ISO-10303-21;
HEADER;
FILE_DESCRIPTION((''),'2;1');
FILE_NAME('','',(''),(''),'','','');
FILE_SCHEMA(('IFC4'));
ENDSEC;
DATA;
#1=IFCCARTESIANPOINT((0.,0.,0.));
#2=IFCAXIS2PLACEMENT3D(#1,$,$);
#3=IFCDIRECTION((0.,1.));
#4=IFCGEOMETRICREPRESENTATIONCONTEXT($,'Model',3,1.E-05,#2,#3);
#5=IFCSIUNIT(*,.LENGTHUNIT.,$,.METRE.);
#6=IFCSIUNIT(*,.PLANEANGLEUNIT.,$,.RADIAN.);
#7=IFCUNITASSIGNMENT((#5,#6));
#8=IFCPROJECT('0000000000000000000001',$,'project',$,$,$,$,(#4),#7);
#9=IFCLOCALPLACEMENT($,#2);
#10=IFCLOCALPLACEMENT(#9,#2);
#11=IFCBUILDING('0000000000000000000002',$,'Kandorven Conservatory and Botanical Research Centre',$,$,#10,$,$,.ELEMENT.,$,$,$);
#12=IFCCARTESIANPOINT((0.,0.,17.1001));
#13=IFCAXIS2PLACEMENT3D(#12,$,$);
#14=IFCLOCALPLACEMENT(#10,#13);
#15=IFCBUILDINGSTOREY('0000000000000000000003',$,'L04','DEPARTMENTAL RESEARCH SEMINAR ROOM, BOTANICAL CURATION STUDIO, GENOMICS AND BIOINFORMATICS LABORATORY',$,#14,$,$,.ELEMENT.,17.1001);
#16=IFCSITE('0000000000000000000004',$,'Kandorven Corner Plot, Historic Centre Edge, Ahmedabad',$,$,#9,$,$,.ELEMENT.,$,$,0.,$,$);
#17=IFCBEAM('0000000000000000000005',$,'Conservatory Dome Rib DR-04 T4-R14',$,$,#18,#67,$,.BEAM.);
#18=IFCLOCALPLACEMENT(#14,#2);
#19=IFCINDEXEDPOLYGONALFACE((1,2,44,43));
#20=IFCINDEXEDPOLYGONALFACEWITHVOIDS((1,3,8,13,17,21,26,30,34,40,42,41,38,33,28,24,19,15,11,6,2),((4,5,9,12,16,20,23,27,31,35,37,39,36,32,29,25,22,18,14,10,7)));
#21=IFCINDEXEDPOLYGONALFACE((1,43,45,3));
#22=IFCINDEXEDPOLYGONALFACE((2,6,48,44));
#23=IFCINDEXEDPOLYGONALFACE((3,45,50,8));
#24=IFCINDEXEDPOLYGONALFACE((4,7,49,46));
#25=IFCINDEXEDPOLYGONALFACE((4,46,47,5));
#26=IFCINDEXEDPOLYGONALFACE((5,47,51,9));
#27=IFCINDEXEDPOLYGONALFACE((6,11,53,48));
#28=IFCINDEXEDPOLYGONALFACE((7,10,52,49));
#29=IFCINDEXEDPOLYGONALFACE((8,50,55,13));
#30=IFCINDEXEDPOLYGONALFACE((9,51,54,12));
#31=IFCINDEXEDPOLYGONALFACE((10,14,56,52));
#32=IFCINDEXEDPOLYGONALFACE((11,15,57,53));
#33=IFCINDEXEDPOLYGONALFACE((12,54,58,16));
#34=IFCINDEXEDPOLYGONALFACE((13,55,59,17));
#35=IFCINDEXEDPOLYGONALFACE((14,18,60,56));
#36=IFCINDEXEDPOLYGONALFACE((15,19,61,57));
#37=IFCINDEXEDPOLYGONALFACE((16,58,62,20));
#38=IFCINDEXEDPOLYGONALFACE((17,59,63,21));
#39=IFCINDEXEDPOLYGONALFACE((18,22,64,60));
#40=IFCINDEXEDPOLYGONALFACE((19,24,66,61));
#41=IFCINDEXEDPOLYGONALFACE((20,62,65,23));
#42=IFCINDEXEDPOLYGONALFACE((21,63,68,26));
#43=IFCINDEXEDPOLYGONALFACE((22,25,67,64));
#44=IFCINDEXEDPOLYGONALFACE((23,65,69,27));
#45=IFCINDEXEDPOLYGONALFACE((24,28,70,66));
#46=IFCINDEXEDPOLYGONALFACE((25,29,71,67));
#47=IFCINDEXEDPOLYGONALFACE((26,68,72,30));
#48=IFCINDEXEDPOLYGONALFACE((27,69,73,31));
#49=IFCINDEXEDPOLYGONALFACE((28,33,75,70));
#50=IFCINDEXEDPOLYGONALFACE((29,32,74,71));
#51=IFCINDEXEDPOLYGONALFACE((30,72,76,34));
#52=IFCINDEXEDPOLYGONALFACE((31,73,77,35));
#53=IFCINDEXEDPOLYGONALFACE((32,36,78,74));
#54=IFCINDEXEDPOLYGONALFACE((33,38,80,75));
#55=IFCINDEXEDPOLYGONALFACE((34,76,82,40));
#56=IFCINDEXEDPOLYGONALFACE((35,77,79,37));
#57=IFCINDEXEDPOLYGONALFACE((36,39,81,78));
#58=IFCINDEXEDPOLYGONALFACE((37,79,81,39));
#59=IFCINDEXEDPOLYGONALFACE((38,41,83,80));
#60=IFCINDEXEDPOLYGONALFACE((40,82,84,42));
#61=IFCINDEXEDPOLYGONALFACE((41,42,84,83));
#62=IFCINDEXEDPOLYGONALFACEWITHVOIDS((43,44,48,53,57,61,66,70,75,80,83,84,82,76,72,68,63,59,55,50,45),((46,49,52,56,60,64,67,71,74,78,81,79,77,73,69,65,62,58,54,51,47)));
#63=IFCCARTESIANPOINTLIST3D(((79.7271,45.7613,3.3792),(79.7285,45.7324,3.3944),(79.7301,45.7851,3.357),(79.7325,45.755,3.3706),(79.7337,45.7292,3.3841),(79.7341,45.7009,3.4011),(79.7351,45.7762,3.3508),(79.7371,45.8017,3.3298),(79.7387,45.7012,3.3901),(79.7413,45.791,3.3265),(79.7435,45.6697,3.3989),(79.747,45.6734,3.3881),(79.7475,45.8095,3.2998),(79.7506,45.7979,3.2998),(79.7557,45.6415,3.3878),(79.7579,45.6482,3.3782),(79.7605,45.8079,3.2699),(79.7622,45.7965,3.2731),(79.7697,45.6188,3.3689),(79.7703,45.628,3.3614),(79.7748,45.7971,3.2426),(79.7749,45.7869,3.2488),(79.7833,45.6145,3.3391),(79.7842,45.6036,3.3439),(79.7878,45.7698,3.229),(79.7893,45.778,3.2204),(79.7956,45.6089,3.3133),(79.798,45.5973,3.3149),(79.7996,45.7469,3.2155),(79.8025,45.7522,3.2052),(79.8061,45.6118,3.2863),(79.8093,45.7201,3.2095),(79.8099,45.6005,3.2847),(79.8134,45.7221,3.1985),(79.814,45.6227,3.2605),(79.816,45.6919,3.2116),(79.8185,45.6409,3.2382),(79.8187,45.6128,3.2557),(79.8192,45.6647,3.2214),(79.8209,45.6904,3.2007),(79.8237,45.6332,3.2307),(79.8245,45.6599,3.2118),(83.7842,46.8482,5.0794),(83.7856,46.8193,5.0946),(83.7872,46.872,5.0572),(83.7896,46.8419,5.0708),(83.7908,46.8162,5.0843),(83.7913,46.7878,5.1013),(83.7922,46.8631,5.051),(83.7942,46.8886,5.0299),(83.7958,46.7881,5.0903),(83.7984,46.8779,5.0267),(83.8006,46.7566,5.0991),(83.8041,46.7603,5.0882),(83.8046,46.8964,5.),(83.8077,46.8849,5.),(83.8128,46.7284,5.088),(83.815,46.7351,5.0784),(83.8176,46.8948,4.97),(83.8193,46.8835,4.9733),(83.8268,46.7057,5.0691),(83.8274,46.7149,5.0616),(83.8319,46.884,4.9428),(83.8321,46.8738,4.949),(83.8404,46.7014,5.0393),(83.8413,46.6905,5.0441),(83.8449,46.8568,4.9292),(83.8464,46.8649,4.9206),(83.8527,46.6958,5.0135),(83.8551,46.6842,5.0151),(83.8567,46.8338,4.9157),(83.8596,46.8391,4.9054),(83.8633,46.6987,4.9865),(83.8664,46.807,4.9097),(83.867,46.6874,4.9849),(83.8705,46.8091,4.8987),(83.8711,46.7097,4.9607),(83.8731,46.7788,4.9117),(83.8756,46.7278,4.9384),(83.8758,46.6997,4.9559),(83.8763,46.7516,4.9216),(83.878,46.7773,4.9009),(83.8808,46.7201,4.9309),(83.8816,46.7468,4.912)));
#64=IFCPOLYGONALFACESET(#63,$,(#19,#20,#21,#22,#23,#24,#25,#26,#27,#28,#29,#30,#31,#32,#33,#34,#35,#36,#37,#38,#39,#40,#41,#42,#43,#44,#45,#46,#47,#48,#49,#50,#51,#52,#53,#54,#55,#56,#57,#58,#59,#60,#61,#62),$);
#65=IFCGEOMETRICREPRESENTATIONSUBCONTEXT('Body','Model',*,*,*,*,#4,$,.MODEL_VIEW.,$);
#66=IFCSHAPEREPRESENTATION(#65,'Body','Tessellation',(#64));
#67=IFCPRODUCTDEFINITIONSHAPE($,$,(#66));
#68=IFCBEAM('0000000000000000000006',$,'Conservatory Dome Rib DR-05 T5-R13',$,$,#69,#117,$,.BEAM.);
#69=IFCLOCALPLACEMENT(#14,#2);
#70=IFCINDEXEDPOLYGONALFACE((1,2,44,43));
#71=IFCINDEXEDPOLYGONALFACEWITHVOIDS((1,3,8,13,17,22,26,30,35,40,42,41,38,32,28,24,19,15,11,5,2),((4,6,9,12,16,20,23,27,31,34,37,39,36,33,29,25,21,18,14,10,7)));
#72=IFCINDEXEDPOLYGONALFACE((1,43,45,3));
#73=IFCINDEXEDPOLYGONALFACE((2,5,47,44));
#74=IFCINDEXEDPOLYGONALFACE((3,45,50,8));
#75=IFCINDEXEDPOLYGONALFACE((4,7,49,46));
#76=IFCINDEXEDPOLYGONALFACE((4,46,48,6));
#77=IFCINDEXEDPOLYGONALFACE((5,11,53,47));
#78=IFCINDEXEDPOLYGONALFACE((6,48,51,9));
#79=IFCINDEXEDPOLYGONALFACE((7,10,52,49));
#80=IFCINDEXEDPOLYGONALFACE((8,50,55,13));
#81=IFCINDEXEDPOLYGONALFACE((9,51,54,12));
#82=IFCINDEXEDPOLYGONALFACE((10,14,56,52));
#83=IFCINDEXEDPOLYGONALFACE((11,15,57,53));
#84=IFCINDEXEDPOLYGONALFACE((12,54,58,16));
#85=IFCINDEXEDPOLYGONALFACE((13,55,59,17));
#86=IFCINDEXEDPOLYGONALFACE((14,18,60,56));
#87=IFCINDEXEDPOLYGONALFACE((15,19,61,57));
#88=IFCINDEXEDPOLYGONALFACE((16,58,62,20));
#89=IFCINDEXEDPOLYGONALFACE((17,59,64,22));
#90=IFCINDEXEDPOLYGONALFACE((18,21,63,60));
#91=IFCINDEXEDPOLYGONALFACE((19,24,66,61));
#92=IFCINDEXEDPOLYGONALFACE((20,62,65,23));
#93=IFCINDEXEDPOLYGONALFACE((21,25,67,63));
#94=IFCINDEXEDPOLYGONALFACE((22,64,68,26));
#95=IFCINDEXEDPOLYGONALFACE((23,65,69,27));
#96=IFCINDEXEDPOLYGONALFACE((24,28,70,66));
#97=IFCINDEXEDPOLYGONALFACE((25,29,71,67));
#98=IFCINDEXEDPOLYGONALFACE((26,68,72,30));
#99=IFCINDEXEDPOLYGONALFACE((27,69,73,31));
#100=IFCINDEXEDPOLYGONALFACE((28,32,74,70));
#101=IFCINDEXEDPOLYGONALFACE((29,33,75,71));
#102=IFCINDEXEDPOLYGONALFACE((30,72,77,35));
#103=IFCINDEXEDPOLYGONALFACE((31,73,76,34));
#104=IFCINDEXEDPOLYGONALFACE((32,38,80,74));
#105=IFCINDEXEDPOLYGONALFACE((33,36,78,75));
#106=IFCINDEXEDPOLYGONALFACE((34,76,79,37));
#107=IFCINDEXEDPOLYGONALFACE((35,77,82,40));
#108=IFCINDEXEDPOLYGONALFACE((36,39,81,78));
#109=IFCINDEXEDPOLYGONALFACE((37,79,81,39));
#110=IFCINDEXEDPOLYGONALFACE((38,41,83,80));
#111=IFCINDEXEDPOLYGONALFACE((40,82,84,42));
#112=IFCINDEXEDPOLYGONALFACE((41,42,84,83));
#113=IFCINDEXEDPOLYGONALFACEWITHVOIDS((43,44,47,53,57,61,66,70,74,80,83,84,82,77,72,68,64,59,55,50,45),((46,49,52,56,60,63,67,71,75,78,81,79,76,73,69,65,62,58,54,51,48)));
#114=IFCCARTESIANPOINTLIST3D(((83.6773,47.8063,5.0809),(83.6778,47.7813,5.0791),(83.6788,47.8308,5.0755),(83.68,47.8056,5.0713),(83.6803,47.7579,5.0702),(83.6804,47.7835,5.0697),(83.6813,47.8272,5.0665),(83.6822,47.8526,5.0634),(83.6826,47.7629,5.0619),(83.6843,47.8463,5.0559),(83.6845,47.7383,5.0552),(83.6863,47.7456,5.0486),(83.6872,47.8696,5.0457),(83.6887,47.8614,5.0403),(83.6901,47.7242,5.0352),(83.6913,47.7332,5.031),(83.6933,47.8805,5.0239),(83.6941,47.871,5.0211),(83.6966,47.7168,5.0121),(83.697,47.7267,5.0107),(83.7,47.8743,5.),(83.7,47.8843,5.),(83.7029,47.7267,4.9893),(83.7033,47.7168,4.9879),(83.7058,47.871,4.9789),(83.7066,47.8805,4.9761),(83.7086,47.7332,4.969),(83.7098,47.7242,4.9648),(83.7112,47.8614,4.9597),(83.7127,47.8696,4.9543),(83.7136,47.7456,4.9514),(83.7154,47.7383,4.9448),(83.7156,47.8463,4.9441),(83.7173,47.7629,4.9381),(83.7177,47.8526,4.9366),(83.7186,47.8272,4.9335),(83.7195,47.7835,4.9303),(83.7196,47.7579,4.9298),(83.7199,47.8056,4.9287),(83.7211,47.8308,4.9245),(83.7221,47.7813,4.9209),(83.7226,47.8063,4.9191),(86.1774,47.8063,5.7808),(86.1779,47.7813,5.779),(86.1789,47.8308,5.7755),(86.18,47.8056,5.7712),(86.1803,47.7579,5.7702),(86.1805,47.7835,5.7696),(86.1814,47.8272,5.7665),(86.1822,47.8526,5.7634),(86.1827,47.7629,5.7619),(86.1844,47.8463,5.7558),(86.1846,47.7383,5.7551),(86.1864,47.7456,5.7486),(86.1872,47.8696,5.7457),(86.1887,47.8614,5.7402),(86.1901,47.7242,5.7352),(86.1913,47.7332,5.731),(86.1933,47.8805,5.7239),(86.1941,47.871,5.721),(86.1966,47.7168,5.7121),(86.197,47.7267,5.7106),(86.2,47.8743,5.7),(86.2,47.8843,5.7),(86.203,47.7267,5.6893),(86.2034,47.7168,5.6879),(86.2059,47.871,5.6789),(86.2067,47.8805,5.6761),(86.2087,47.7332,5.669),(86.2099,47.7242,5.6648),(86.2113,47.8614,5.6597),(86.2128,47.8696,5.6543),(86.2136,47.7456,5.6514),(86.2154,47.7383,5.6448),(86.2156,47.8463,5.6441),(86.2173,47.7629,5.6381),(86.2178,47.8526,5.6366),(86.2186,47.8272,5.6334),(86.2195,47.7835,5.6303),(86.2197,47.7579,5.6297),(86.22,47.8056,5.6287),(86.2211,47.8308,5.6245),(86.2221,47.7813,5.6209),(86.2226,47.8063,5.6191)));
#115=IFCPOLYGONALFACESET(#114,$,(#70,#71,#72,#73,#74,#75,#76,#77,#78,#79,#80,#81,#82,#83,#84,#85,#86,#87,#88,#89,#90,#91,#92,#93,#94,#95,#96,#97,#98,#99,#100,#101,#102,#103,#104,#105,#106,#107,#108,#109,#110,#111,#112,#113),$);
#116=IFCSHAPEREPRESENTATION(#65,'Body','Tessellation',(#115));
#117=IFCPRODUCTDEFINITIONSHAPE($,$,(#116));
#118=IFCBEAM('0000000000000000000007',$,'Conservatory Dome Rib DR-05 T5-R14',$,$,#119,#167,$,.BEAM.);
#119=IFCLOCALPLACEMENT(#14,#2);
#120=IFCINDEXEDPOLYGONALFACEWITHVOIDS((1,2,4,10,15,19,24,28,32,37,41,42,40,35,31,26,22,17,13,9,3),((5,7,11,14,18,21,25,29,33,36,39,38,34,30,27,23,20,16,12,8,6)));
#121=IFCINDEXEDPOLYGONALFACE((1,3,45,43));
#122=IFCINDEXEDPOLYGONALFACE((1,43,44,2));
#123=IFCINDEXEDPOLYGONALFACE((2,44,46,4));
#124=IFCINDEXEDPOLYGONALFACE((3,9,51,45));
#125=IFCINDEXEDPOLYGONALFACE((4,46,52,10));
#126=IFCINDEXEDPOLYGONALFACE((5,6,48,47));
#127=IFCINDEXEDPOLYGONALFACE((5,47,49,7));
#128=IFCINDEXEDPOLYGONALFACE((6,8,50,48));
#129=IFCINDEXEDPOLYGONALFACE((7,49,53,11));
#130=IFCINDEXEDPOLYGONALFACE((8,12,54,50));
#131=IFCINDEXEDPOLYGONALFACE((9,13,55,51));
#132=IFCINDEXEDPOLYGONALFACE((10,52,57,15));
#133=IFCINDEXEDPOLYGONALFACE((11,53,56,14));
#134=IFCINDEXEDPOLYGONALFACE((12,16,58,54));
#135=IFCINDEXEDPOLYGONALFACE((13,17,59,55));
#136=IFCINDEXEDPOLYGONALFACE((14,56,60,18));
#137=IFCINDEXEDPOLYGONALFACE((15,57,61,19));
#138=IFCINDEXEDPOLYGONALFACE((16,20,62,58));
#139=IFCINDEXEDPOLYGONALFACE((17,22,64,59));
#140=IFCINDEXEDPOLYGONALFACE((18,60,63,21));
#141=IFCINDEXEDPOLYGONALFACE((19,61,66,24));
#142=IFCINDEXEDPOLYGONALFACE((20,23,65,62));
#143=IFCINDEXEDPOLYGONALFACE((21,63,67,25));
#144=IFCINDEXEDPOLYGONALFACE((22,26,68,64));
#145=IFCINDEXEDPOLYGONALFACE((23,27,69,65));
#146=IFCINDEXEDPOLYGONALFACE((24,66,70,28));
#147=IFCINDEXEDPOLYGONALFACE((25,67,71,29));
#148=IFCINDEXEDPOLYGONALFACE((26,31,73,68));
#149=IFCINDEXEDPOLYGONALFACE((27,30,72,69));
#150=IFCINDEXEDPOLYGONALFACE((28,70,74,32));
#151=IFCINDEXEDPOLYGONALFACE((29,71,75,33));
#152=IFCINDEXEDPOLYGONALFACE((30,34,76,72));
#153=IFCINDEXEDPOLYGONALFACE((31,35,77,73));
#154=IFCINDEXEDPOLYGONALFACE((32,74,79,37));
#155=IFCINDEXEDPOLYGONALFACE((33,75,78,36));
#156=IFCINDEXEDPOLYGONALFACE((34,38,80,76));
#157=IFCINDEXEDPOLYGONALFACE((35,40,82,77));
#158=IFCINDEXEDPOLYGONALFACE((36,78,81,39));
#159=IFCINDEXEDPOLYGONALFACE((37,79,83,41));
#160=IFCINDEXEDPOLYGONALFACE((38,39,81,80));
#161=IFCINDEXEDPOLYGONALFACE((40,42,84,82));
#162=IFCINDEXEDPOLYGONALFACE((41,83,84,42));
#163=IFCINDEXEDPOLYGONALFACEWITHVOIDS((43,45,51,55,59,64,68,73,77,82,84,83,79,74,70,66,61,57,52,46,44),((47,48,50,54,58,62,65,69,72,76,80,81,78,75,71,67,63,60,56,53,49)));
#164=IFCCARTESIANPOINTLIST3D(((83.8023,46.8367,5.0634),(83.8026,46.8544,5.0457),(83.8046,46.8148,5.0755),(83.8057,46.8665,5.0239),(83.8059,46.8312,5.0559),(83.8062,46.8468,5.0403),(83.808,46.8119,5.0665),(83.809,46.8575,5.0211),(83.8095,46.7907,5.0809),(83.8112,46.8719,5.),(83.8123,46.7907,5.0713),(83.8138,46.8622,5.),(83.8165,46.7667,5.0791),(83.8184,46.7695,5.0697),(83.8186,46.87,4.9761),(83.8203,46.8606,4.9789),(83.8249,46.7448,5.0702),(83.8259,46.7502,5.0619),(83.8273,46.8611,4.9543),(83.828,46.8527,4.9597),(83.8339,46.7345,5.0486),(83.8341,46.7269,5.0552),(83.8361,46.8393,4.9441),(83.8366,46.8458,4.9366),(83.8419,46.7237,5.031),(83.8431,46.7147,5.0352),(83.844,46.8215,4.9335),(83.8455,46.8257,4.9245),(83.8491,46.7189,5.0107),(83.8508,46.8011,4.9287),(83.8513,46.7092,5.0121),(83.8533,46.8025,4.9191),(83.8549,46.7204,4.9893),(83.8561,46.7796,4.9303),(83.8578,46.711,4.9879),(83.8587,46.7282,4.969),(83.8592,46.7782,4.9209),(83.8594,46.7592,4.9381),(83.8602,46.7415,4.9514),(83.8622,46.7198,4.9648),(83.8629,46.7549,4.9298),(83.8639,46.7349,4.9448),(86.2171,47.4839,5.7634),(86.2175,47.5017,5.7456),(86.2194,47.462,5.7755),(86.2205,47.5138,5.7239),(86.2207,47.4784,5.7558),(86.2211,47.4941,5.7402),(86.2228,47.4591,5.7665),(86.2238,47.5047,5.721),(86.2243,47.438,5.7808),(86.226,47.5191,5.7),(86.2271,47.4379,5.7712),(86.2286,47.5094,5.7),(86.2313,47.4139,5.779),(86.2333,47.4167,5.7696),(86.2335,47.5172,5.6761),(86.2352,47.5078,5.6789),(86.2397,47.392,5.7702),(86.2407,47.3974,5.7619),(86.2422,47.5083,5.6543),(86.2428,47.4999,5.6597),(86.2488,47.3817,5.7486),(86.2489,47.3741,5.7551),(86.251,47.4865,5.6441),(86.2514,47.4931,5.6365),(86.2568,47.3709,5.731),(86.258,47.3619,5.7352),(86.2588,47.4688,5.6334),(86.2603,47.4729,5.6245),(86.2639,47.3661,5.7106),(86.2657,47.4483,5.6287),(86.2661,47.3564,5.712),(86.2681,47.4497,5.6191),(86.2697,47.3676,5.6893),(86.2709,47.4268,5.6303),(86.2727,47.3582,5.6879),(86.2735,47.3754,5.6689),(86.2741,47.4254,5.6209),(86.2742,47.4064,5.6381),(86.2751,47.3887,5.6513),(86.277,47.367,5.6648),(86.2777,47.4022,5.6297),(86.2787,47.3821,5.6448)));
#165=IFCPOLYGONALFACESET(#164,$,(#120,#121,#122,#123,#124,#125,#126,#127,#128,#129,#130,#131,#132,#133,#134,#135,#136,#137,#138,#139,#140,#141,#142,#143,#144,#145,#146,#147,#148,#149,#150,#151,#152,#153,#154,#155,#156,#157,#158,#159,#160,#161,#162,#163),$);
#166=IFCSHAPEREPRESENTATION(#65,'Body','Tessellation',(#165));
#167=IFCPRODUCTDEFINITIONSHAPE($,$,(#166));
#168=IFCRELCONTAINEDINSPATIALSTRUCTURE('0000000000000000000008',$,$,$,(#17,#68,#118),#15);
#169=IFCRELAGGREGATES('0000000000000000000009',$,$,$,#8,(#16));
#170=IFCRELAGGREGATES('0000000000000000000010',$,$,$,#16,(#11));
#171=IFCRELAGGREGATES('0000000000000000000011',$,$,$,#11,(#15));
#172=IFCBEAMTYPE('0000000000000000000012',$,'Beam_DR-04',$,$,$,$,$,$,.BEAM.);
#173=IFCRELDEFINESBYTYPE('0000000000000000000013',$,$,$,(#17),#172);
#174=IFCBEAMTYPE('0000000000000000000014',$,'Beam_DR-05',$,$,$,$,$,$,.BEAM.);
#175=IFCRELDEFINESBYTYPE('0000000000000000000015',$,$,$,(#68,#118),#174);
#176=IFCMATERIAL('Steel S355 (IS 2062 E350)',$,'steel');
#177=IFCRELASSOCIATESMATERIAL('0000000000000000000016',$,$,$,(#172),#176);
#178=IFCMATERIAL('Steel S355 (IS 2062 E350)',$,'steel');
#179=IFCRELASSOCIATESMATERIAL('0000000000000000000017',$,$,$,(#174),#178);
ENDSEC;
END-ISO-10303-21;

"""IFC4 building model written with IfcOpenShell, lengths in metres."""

from ifc_helpers import new_model, si_unit, direction, frame, origin, origin_2d, place, context, subcontext, project, spatial, hollow_circle, extrude, material, material_profile, profile_set, type_object, element, save


model = new_model("IFC4")

# Units and contexts
model_context = context("Model", 3, precision=1e-05, world=origin(), true_north=direction((0.0, 1.0)))
body_context = subcontext(model_context, "Body", "Model", "MODEL_VIEW")
ifc_project = project(units=[si_unit("LENGTHUNIT", "METRE"), si_unit("PLANEANGLEUNIT", "RADIAN")], contexts=[model_context])

# Site, building, storey
site_placement = place(None, origin())
site = spatial("IfcSite", under=ifc_project, at=site_placement, Name="Kandorven Corner Plot, Historic Centre Edge, Ahmedabad", CompositionType="ELEMENT", RefElevation=0.0)
building_placement = place(site_placement, origin())
building = spatial("IfcBuilding", under=site, at=building_placement, Name="Kandorven Conservatory and Botanical Research Centre", CompositionType="ELEMENT")
storey_placement = place(building_placement, frame((0.0, 0.0, 17.1001)))
storey = spatial("IfcBuildingStorey", under=building, at=storey_placement, Name="L04", Description="DEPARTMENTAL RESEARCH SEMINAR ROOM, BOTANICAL CURATION STUDIO, GENOMICS AND BIOINFORMATICS LABORATORY", CompositionType="ELEMENT", Elevation=17.1001)

# Beams
ifc_material_1 = material(Name="Steel S355 (IS 2062 E350)", Category="steel")
ifc_material_profile_1 = material_profile(ifc_material_1, hollow_circle(Radius=0.1096, WallThickness=0.012, at=origin_2d()))
ifc_profile_set_1 = profile_set([ifc_material_profile_1], Name="Steel S355 (IS 2062 E350)")
beam_type_1 = type_object("IfcBeamType", Name="Beam_DR-04", PredefinedType="BEAM", material=ifc_profile_set_1)
beam_1_placement = place(storey_placement, frame((79.7759, 45.7036, 3.2998), z_axis=(0.895364, 0.23987, 0.375214), x_axis=(-0.258777, 0.965937, 0.0)))
element("IfcBeam", 1, at=beam_1_placement, inside=storey, type_object=beam_type_1, Name="Conservatory Dome Rib DR-04 T4-R14", PredefinedType="BEAM", context=body_context, shape_type="SweptSolid", body=[
    extrude(hollow_circle(Radius=0.1096, WallThickness=0.012, at=origin_2d()), origin(), (0.0, 0.0, 1.0), 4.5312),
])
ifc_material_2 = material(Name="Steel S355 (IS 2062 E350)", Category="steel")
ifc_material_profile_2 = material_profile(ifc_material_2, hollow_circle(Radius=0.0842, WallThickness=0.01, at=origin_2d()))
ifc_profile_set_2 = profile_set([ifc_material_profile_2], Name="Steel S355 (IS 2062 E350)")
beam_type_2 = type_object("IfcBeamType", Name="Beam_DR-05", PredefinedType="BEAM", material=ifc_profile_set_2)
for number, where, z_axis, x_axis, name in (
    (2, (83.7, 47.8, 5.0), (0.962969, 0.0, 0.269612), (0.0, 1.0, 0.0), "Conservatory Dome Rib DR-05 T5-R13"),
    (3, (83.833, 46.7905, 5.0), (0.93014, 0.249298, 0.26961), (-0.258884, 0.965908, 0.0), "Conservatory Dome Rib DR-05 T5-R14"),
):
    element("IfcBeam", number, at=place(storey_placement, frame(where, z_axis=z_axis, x_axis=x_axis)), inside=storey, type_object=beam_type_2, Name=name, PredefinedType="BEAM", context=body_context, shape_type="SweptSolid", body=[
        extrude(hollow_circle(Radius=0.0842, WallThickness=0.01, at=origin_2d()), origin(), (0.0, 0.0, 1.0), 2.5962),
    ])

save(model, "model.ifc")
